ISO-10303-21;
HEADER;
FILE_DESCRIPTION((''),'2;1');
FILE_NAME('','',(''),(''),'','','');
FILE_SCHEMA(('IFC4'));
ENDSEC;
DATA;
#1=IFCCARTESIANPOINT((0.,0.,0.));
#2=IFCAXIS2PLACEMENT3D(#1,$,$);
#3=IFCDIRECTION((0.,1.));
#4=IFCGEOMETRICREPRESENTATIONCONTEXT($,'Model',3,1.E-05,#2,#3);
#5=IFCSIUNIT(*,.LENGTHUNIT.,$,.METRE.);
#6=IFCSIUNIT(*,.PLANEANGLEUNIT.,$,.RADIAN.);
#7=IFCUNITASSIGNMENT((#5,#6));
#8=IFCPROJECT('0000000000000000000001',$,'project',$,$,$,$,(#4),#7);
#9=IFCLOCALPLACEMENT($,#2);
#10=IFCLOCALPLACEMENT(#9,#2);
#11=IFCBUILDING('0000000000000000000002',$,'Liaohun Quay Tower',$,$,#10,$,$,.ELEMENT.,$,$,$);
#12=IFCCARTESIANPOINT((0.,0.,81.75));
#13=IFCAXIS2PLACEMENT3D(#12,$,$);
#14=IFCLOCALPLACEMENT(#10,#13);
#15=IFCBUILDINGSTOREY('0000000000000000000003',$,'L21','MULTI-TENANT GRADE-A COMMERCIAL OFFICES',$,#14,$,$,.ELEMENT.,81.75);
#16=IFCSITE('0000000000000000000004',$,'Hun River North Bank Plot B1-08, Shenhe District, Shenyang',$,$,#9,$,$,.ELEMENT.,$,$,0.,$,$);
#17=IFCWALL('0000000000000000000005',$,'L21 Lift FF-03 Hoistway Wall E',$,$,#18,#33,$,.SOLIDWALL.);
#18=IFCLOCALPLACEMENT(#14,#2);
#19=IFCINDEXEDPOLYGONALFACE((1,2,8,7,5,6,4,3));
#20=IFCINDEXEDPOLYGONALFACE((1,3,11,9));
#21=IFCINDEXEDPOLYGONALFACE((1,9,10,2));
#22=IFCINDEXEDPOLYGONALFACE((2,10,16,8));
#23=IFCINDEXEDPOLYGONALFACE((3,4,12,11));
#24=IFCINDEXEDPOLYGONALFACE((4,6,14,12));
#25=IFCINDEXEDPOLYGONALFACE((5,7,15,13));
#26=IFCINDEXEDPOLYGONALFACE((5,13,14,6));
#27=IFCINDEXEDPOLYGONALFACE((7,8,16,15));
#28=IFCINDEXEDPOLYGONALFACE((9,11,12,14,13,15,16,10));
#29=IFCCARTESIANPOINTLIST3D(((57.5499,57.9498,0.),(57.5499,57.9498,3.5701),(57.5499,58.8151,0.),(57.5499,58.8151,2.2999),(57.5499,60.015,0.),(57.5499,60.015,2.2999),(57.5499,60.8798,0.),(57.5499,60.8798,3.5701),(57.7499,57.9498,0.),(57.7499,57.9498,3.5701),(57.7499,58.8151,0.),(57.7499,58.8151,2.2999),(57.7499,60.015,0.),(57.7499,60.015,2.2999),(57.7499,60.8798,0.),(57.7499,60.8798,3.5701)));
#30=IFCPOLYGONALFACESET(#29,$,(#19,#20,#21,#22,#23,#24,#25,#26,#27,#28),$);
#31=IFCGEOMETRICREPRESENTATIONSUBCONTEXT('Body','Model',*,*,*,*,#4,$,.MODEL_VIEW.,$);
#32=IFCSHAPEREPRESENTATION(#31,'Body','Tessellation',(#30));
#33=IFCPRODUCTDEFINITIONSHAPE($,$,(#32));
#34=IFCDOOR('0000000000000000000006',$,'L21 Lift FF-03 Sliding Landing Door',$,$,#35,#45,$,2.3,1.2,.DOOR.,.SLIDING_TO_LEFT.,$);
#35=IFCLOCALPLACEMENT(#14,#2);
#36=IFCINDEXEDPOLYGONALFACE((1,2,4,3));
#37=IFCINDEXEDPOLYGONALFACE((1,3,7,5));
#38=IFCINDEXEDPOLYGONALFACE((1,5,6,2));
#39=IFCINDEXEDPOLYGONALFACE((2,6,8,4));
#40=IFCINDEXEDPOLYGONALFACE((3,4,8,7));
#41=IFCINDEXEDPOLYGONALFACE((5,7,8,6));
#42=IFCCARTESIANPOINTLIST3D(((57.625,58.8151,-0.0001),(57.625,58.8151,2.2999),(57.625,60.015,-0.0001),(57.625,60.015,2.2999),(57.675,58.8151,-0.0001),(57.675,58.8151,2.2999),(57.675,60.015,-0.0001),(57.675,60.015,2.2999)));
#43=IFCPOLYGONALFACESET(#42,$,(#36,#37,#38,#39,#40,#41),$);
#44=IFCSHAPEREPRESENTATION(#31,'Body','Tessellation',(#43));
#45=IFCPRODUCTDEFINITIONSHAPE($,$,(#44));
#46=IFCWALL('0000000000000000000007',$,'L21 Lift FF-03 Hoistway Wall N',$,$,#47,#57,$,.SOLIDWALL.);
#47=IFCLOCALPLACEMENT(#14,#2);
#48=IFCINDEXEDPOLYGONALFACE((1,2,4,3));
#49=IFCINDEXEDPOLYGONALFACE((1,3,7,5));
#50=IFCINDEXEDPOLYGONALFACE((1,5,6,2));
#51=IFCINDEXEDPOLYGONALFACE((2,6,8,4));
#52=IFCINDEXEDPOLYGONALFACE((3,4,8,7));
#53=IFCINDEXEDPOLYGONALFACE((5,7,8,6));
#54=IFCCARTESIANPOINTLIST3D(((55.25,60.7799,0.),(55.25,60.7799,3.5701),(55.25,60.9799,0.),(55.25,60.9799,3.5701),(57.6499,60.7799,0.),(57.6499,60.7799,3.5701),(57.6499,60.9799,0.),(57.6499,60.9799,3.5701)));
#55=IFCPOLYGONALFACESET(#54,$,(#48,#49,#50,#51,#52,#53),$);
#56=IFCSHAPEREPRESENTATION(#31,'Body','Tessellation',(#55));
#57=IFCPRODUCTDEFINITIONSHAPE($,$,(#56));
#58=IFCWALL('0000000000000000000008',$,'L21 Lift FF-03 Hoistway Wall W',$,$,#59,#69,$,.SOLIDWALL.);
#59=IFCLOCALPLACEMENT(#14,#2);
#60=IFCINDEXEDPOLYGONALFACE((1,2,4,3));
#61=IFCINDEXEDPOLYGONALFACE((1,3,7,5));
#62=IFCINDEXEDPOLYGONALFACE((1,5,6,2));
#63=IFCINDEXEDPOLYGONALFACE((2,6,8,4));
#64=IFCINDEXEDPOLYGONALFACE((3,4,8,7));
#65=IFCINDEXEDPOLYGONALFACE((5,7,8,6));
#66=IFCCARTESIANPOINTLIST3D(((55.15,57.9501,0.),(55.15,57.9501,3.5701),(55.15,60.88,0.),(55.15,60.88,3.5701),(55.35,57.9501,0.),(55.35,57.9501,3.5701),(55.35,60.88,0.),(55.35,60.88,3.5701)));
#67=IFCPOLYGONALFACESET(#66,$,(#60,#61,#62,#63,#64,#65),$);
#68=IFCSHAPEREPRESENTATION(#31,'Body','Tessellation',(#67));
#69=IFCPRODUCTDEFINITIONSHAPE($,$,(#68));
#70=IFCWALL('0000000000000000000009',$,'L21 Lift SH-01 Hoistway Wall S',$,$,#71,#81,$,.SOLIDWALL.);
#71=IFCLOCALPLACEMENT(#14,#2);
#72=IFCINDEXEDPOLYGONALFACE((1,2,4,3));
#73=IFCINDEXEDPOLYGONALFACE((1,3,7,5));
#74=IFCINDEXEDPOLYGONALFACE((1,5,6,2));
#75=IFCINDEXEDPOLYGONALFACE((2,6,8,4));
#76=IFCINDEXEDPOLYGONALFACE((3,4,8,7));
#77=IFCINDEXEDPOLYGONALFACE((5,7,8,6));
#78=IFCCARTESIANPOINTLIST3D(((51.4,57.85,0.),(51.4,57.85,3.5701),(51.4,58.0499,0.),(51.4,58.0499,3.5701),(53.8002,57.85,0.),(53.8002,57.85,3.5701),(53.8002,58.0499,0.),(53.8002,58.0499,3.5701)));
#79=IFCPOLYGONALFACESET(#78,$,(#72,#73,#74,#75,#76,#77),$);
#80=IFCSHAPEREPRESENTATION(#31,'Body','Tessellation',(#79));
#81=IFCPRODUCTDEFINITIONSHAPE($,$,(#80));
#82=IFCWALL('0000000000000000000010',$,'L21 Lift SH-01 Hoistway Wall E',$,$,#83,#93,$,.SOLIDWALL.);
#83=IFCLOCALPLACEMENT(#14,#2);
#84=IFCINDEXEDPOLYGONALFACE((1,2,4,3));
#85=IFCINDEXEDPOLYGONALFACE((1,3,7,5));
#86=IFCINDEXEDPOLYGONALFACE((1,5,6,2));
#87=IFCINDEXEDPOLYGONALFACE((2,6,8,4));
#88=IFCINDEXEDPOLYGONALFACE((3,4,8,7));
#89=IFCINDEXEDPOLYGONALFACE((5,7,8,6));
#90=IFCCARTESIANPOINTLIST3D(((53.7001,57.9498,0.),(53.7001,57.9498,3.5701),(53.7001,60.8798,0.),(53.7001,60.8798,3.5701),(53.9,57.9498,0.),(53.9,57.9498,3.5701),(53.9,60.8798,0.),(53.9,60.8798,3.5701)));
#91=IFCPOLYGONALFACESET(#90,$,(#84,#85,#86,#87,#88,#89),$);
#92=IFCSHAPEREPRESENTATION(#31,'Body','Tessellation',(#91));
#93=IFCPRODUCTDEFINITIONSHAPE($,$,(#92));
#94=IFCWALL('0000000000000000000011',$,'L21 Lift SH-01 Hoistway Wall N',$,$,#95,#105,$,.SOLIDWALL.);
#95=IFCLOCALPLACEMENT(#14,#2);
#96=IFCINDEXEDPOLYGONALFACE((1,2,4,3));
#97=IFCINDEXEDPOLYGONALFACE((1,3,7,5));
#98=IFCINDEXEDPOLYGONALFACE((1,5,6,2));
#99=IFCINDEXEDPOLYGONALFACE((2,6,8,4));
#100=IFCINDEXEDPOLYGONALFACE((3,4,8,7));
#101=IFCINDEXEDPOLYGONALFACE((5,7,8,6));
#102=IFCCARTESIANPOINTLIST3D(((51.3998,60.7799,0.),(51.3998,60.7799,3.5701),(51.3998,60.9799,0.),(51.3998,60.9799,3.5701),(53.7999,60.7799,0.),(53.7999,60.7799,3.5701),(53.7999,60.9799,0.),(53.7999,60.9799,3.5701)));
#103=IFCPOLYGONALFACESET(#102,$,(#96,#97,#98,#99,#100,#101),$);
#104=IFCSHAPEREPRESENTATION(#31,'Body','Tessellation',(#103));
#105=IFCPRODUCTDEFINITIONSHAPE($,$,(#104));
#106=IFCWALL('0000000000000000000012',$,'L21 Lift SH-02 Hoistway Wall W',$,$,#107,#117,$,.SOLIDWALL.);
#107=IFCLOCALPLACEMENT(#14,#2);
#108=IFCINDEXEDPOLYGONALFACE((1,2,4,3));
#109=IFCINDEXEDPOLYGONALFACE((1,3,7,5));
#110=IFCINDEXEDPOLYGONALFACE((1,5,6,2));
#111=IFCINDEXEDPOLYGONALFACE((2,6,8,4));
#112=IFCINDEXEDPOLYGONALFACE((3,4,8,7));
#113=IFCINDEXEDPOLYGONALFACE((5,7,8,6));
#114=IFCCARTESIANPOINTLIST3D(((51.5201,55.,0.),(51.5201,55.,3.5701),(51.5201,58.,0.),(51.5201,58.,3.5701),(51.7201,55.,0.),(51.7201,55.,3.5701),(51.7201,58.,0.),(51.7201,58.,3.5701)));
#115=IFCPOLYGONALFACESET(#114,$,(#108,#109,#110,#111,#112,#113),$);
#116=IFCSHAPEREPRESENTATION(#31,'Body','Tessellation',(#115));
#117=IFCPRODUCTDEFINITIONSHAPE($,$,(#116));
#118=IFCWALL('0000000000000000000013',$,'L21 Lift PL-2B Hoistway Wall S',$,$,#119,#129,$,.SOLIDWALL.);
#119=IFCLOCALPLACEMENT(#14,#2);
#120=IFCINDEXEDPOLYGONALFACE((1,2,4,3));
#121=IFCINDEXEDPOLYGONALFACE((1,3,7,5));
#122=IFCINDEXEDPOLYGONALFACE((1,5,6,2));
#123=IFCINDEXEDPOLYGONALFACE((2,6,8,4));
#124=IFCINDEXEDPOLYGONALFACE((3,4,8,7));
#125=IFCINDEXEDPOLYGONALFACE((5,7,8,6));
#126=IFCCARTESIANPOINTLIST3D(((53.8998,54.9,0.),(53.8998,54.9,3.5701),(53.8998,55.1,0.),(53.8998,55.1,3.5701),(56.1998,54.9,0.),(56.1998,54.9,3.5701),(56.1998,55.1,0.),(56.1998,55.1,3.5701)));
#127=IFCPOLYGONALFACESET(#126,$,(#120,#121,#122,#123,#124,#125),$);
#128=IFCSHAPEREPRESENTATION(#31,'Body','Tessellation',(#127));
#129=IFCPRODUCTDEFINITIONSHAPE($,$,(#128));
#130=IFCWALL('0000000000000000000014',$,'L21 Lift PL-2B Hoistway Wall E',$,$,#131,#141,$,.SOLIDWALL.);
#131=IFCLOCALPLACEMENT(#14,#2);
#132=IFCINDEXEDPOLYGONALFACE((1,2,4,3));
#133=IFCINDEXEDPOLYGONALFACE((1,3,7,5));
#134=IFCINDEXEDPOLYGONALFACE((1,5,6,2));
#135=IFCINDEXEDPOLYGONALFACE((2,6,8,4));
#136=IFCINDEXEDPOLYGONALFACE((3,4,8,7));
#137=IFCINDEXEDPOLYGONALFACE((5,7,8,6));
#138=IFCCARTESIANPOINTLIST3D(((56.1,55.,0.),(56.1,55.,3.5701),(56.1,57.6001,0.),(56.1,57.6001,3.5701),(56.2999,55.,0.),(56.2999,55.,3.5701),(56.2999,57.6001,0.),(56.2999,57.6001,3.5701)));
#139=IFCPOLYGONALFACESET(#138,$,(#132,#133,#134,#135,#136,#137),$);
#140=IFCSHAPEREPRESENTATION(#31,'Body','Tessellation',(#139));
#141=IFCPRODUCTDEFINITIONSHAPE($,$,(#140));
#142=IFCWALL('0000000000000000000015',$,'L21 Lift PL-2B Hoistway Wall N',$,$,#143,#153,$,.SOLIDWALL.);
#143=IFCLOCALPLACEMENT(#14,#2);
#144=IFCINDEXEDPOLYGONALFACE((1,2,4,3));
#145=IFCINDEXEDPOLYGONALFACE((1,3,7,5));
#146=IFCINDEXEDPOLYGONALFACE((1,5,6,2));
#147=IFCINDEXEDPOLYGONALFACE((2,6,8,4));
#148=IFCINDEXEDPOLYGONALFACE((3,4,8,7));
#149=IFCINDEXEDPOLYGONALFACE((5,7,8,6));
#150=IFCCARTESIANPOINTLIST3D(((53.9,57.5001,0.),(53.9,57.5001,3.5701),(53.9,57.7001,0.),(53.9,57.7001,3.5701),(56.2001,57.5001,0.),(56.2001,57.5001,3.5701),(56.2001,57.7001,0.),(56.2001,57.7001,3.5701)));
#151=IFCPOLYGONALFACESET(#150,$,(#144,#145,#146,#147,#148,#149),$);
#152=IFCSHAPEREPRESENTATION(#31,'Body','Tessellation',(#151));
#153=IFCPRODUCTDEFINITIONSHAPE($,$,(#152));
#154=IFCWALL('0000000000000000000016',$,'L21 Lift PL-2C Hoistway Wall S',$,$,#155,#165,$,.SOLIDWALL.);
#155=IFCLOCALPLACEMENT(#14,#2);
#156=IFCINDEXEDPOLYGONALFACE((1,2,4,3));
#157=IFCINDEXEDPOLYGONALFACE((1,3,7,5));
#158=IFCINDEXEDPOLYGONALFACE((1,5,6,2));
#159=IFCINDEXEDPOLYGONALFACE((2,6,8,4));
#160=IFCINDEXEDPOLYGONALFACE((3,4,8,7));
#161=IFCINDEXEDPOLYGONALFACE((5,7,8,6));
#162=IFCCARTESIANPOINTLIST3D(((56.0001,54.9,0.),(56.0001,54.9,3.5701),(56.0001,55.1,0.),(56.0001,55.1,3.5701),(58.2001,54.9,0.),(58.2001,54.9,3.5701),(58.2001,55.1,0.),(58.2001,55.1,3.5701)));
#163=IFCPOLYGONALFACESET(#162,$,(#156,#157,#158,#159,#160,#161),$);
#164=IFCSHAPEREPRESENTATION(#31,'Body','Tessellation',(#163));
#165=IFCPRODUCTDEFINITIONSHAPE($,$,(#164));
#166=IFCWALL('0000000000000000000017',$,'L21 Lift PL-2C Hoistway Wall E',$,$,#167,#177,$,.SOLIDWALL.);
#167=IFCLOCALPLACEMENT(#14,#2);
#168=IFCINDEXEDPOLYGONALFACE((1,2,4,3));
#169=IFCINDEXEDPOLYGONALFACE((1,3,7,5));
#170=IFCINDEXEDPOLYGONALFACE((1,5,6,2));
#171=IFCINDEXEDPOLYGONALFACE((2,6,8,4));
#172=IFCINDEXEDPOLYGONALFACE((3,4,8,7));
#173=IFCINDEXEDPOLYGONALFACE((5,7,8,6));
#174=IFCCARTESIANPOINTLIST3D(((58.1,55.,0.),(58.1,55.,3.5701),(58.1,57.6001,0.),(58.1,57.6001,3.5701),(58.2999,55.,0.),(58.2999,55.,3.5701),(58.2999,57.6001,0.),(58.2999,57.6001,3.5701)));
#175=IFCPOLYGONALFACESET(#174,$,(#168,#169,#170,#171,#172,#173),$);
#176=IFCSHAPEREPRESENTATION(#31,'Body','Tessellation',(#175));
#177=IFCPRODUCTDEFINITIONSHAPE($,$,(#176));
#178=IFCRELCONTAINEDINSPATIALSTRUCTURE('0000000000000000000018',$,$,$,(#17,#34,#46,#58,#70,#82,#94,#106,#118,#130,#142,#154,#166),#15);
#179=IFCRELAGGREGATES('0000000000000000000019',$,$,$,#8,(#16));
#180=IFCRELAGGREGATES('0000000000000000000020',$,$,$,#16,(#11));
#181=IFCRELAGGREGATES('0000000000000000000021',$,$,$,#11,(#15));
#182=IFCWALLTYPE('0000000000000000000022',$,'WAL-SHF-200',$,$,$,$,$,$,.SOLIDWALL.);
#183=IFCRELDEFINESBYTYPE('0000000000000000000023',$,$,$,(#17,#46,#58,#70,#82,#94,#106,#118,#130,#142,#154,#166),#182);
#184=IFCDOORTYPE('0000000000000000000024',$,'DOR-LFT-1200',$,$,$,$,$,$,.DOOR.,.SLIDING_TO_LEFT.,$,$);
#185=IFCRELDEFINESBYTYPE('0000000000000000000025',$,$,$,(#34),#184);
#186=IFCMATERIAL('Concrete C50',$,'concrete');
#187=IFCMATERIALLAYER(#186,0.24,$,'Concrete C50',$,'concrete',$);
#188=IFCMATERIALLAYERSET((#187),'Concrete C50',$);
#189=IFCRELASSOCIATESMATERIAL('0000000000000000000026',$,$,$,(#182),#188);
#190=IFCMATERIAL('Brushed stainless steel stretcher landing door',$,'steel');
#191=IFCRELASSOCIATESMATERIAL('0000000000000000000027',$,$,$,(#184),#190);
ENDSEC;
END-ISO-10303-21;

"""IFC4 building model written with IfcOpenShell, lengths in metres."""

from ifc_helpers import new_model, si_unit, direction, frame, frame_2d, origin, place, context, subcontext, project, spatial, rectangle, extrude, source, transform, mapped, material, layer, layer_set, type_object, element, fill, save


model = new_model("IFC4")

# Units and contexts
model_context = context("Model", 3, precision=1e-05, world=origin(), true_north=direction((0.0, 1.0)))
body_context = subcontext(model_context, "Body", "Model", "MODEL_VIEW")
ifc_project = project(units=[si_unit("LENGTHUNIT", "METRE"), si_unit("PLANEANGLEUNIT", "RADIAN")], contexts=[model_context])

# Site, building, storey
site_placement = place(None, origin())
site = spatial("IfcSite", under=ifc_project, at=site_placement, Name="Hun River North Bank Plot B1-08, Shenhe District, Shenyang", CompositionType="ELEMENT", RefElevation=0.0)
building_placement = place(site_placement, origin())
building = spatial("IfcBuilding", under=site, at=building_placement, Name="Liaohun Quay Tower", CompositionType="ELEMENT")
storey_placement = place(building_placement, frame((0.0, 0.0, 81.75)))
storey = spatial("IfcBuildingStorey", under=building, at=storey_placement, Name="L21", Description="MULTI-TENANT GRADE-A COMMERCIAL OFFICES", CompositionType="ELEMENT", Elevation=81.75)

# Shared definitions
ifc_material_1 = material(Name="Concrete C50", Category="concrete")
ifc_layer_1 = layer(ifc_material_1, 0.24, Name="Concrete C50", Category="concrete")
ifc_layer_set_1 = layer_set([ifc_layer_1], Name="Concrete C50")
wall_type_1 = type_object("IfcWallType", Name="WAL-SHF-200", PredefinedType="SOLIDWALL", material=ifc_layer_set_1)

# Wall, opening, door
wall_1_placement = place(storey_placement, frame((57.6499, 57.95, 0.0), z_axis=(0.0, 0.0, 1.0), x_axis=(0.0, 1.0, 0.0)))
wall_1 = element("IfcWall", 1, at=wall_1_placement, inside=storey, type_object=wall_type_1, Name="L21 Lift FF-03 Hoistway Wall E", PredefinedType="SOLIDWALL", context=body_context, shape_type="SweptSolid", body=[
    extrude(rectangle(XDim=2.9299, YDim=0.2, at=frame_2d((1.4648, 0.0))), origin(), (0.0, 0.0, 1.0), 3.5701),
])
shared_shape_1 = source(origin(), body_context, "Body", "SweptSolid", [
    extrude(rectangle(XDim=1.2, YDim=2.3, at=frame_2d((0.6001, 1.1499))), frame((0.0, 0.1099, 0.0), z_axis=(0.0, -1.0, 0.0), x_axis=(1.0, 0.0, 0.0)), (0.0, 0.0, 1.0), 0.22),
])
opening_1_placement = place(wall_1_placement, frame((0.865, 0.0, 0.0)))
opening_1 = element("IfcOpeningElement", 2, at=opening_1_placement, cuts=wall_1, PredefinedType="OPENING", context=body_context, shape_type="MappedRepresentation", body=[
    mapped(shared_shape_1, transform((0.0, 0.0, 0.0), x_axis=(1.0, 0.0, 0.0), y_axis=(0.0, 1.0, 0.0), z_axis=(0.0, 0.0, 1.0), scale=1.0)),
])
ifc_material_2 = material(Name="Brushed stainless steel stretcher landing door", Category="steel")
door_type = type_object("IfcDoorType", Name="DOR-LFT-1200", OperationType="SLIDING_TO_LEFT", PredefinedType="DOOR", material=ifc_material_2)
shared_shape_2 = source(origin(), body_context, "Body", "SweptSolid", [
    extrude(rectangle(XDim=1.2, YDim=2.3, at=frame_2d((0.6001, 1.1499))), frame((0.0, 0.0249, 0.0), z_axis=(0.0, -1.0, 0.0), x_axis=(1.0, 0.0, 0.0)), (0.0, 0.0, 1.0), 0.05),
])
door_placement = place(opening_1_placement, origin())
door = element("IfcDoor", 3, at=door_placement, inside=storey, type_object=door_type, Name="L21 Lift FF-03 Sliding Landing Door", OperationType="SLIDING_TO_LEFT", OverallHeight=2.3, OverallWidth=1.2, PredefinedType="DOOR", context=body_context, shape_type="MappedRepresentation", body=[
    mapped(shared_shape_2, transform((0.0, 0.0, 0.0), x_axis=(1.0, 0.0, 0.0), y_axis=(0.0, 1.0, 0.0), z_axis=(0.0, 0.0, 1.0), scale=1.0)),
])
fill(opening_1, door)

# Walls
wall_2_placement = place(storey_placement, frame((57.6499, 60.8799, 0.0), z_axis=(0.0, 0.0, 1.0), x_axis=(-1.0, 0.0, 0.0)))
element("IfcWall", 4, at=wall_2_placement, inside=storey, type_object=wall_type_1, Name="L21 Lift FF-03 Hoistway Wall N", PredefinedType="SOLIDWALL", context=body_context, shape_type="SweptSolid", body=[
    extrude(rectangle(XDim=2.3999, YDim=0.2, at=frame_2d((1.2, 0.0))), origin(), (0.0, 0.0, 1.0), 3.5701),
])
wall_3_placement = place(storey_placement, frame((55.25, 60.8799, 0.0), z_axis=(0.0, 0.0, 1.0), x_axis=(0.0, -1.0, 0.0)))
element("IfcWall", 5, at=wall_3_placement, inside=storey, type_object=wall_type_1, Name="L21 Lift FF-03 Hoistway Wall W", PredefinedType="SOLIDWALL", context=body_context, shape_type="SweptSolid", body=[
    extrude(rectangle(XDim=2.9299, YDim=0.2, at=frame_2d((1.4648, 0.0))), origin(), (0.0, 0.0, 1.0), 3.5701),
])
wall_4_placement = place(storey_placement, frame((51.3999, 57.95, 0.0), z_axis=(0.0, 0.0, 1.0), x_axis=(1.0, 0.0, 0.0)))
element("IfcWall", 6, at=wall_4_placement, inside=storey, type_object=wall_type_1, Name="L21 Lift SH-01 Hoistway Wall S", PredefinedType="SOLIDWALL", context=body_context, shape_type="SweptSolid", body=[
    extrude(rectangle(XDim=2.4001, YDim=0.2, at=frame_2d((1.2002, 0.0))), origin(), (0.0, 0.0, 1.0), 3.5701),
])
wall_5_placement = place(storey_placement, frame((53.8, 57.95, 0.0), z_axis=(0.0, 0.0, 1.0), x_axis=(0.0, 1.0, 0.0)))
element("IfcWall", 7, at=wall_5_placement, inside=storey, type_object=wall_type_1, Name="L21 Lift SH-01 Hoistway Wall E", PredefinedType="SOLIDWALL", context=body_context, shape_type="SweptSolid", body=[
    extrude(rectangle(XDim=2.9299, YDim=0.2, at=frame_2d((1.4648, 0.0))), origin(), (0.0, 0.0, 1.0), 3.5701),
])
wall_6_placement = place(storey_placement, frame((53.8, 60.8799, 0.0), z_axis=(0.0, 0.0, 1.0), x_axis=(-1.0, 0.0, 0.0)))
element("IfcWall", 8, at=wall_6_placement, inside=storey, type_object=wall_type_1, Name="L21 Lift SH-01 Hoistway Wall N", PredefinedType="SOLIDWALL", context=body_context, shape_type="SweptSolid", body=[
    extrude(rectangle(XDim=2.4001, YDim=0.2, at=frame_2d((1.2002, 0.0))), origin(), (0.0, 0.0, 1.0), 3.5701),
])
wall_7_placement = place(storey_placement, frame((51.6201, 58.0, 0.0), z_axis=(0.0, 0.0, 1.0), x_axis=(0.0, -1.0, 0.0)))
element("IfcWall", 9, at=wall_7_placement, inside=storey, type_object=wall_type_1, Name="L21 Lift SH-02 Hoistway Wall W", PredefinedType="SOLIDWALL", context=body_context, shape_type="SweptSolid", body=[
    extrude(rectangle(XDim=3.0, YDim=0.2, at=frame_2d((1.5, 0.0))), origin(), (0.0, 0.0, 1.0), 3.5701),
])
wall_8_placement = place(storey_placement, frame((53.8999, 55.0, 0.0), z_axis=(0.0, 0.0, 1.0), x_axis=(1.0, 0.0, 0.0)))
element("IfcWall", 10, at=wall_8_placement, inside=storey, type_object=wall_type_1, Name="L21 Lift PL-2B Hoistway Wall S", PredefinedType="SOLIDWALL", context=body_context, shape_type="SweptSolid", body=[
    extrude(rectangle(XDim=2.3, YDim=0.2, at=frame_2d((1.1499, 0.0))), origin(), (0.0, 0.0, 1.0), 3.5701),
])
wall_9_placement = place(storey_placement, frame((56.2, 55.0, 0.0), z_axis=(0.0, 0.0, 1.0), x_axis=(0.0, 1.0, 0.0)))
element("IfcWall", 11, at=wall_9_placement, inside=storey, type_object=wall_type_1, Name="L21 Lift PL-2B Hoistway Wall E", PredefinedType="SOLIDWALL", context=body_context, shape_type="SweptSolid", body=[
    extrude(rectangle(XDim=2.6001, YDim=0.2, at=frame_2d((1.3, 0.0))), origin(), (0.0, 0.0, 1.0), 3.5701),
])
wall_10_placement = place(storey_placement, frame((56.2, 57.6001, 0.0), z_axis=(0.0, 0.0, 1.0), x_axis=(-1.0, 0.0, 0.0)))
element("IfcWall", 12, at=wall_10_placement, inside=storey, type_object=wall_type_1, Name="L21 Lift PL-2B Hoistway Wall N", PredefinedType="SOLIDWALL", context=body_context, shape_type="SweptSolid", body=[
    extrude(rectangle(XDim=2.3, YDim=0.2, at=frame_2d((1.1499, 0.0))), origin(), (0.0, 0.0, 1.0), 3.5701),
])
wall_11_placement = place(storey_placement, frame((56.0, 55.0, 0.0), z_axis=(0.0, 0.0, 1.0), x_axis=(1.0, 0.0, 0.0)))
element("IfcWall", 13, at=wall_11_placement, inside=storey, type_object=wall_type_1, Name="L21 Lift PL-2C Hoistway Wall S", PredefinedType="SOLIDWALL", context=body_context, shape_type="SweptSolid", body=[
    extrude(rectangle(XDim=2.2, YDim=0.2, at=frame_2d((1.1001, 0.0))), origin(), (0.0, 0.0, 1.0), 3.5701),
])
wall_12_placement = place(storey_placement, frame((58.2, 55.0, 0.0), z_axis=(0.0, 0.0, 1.0), x_axis=(0.0, 1.0, 0.0)))
element("IfcWall", 14, at=wall_12_placement, inside=storey, type_object=wall_type_1, Name="L21 Lift PL-2C Hoistway Wall E", PredefinedType="SOLIDWALL", context=body_context, shape_type="SweptSolid", body=[
    extrude(rectangle(XDim=2.6001, YDim=0.2, at=frame_2d((1.3, 0.0))), origin(), (0.0, 0.0, 1.0), 3.5701),
])

save(model, "model.ifc")
